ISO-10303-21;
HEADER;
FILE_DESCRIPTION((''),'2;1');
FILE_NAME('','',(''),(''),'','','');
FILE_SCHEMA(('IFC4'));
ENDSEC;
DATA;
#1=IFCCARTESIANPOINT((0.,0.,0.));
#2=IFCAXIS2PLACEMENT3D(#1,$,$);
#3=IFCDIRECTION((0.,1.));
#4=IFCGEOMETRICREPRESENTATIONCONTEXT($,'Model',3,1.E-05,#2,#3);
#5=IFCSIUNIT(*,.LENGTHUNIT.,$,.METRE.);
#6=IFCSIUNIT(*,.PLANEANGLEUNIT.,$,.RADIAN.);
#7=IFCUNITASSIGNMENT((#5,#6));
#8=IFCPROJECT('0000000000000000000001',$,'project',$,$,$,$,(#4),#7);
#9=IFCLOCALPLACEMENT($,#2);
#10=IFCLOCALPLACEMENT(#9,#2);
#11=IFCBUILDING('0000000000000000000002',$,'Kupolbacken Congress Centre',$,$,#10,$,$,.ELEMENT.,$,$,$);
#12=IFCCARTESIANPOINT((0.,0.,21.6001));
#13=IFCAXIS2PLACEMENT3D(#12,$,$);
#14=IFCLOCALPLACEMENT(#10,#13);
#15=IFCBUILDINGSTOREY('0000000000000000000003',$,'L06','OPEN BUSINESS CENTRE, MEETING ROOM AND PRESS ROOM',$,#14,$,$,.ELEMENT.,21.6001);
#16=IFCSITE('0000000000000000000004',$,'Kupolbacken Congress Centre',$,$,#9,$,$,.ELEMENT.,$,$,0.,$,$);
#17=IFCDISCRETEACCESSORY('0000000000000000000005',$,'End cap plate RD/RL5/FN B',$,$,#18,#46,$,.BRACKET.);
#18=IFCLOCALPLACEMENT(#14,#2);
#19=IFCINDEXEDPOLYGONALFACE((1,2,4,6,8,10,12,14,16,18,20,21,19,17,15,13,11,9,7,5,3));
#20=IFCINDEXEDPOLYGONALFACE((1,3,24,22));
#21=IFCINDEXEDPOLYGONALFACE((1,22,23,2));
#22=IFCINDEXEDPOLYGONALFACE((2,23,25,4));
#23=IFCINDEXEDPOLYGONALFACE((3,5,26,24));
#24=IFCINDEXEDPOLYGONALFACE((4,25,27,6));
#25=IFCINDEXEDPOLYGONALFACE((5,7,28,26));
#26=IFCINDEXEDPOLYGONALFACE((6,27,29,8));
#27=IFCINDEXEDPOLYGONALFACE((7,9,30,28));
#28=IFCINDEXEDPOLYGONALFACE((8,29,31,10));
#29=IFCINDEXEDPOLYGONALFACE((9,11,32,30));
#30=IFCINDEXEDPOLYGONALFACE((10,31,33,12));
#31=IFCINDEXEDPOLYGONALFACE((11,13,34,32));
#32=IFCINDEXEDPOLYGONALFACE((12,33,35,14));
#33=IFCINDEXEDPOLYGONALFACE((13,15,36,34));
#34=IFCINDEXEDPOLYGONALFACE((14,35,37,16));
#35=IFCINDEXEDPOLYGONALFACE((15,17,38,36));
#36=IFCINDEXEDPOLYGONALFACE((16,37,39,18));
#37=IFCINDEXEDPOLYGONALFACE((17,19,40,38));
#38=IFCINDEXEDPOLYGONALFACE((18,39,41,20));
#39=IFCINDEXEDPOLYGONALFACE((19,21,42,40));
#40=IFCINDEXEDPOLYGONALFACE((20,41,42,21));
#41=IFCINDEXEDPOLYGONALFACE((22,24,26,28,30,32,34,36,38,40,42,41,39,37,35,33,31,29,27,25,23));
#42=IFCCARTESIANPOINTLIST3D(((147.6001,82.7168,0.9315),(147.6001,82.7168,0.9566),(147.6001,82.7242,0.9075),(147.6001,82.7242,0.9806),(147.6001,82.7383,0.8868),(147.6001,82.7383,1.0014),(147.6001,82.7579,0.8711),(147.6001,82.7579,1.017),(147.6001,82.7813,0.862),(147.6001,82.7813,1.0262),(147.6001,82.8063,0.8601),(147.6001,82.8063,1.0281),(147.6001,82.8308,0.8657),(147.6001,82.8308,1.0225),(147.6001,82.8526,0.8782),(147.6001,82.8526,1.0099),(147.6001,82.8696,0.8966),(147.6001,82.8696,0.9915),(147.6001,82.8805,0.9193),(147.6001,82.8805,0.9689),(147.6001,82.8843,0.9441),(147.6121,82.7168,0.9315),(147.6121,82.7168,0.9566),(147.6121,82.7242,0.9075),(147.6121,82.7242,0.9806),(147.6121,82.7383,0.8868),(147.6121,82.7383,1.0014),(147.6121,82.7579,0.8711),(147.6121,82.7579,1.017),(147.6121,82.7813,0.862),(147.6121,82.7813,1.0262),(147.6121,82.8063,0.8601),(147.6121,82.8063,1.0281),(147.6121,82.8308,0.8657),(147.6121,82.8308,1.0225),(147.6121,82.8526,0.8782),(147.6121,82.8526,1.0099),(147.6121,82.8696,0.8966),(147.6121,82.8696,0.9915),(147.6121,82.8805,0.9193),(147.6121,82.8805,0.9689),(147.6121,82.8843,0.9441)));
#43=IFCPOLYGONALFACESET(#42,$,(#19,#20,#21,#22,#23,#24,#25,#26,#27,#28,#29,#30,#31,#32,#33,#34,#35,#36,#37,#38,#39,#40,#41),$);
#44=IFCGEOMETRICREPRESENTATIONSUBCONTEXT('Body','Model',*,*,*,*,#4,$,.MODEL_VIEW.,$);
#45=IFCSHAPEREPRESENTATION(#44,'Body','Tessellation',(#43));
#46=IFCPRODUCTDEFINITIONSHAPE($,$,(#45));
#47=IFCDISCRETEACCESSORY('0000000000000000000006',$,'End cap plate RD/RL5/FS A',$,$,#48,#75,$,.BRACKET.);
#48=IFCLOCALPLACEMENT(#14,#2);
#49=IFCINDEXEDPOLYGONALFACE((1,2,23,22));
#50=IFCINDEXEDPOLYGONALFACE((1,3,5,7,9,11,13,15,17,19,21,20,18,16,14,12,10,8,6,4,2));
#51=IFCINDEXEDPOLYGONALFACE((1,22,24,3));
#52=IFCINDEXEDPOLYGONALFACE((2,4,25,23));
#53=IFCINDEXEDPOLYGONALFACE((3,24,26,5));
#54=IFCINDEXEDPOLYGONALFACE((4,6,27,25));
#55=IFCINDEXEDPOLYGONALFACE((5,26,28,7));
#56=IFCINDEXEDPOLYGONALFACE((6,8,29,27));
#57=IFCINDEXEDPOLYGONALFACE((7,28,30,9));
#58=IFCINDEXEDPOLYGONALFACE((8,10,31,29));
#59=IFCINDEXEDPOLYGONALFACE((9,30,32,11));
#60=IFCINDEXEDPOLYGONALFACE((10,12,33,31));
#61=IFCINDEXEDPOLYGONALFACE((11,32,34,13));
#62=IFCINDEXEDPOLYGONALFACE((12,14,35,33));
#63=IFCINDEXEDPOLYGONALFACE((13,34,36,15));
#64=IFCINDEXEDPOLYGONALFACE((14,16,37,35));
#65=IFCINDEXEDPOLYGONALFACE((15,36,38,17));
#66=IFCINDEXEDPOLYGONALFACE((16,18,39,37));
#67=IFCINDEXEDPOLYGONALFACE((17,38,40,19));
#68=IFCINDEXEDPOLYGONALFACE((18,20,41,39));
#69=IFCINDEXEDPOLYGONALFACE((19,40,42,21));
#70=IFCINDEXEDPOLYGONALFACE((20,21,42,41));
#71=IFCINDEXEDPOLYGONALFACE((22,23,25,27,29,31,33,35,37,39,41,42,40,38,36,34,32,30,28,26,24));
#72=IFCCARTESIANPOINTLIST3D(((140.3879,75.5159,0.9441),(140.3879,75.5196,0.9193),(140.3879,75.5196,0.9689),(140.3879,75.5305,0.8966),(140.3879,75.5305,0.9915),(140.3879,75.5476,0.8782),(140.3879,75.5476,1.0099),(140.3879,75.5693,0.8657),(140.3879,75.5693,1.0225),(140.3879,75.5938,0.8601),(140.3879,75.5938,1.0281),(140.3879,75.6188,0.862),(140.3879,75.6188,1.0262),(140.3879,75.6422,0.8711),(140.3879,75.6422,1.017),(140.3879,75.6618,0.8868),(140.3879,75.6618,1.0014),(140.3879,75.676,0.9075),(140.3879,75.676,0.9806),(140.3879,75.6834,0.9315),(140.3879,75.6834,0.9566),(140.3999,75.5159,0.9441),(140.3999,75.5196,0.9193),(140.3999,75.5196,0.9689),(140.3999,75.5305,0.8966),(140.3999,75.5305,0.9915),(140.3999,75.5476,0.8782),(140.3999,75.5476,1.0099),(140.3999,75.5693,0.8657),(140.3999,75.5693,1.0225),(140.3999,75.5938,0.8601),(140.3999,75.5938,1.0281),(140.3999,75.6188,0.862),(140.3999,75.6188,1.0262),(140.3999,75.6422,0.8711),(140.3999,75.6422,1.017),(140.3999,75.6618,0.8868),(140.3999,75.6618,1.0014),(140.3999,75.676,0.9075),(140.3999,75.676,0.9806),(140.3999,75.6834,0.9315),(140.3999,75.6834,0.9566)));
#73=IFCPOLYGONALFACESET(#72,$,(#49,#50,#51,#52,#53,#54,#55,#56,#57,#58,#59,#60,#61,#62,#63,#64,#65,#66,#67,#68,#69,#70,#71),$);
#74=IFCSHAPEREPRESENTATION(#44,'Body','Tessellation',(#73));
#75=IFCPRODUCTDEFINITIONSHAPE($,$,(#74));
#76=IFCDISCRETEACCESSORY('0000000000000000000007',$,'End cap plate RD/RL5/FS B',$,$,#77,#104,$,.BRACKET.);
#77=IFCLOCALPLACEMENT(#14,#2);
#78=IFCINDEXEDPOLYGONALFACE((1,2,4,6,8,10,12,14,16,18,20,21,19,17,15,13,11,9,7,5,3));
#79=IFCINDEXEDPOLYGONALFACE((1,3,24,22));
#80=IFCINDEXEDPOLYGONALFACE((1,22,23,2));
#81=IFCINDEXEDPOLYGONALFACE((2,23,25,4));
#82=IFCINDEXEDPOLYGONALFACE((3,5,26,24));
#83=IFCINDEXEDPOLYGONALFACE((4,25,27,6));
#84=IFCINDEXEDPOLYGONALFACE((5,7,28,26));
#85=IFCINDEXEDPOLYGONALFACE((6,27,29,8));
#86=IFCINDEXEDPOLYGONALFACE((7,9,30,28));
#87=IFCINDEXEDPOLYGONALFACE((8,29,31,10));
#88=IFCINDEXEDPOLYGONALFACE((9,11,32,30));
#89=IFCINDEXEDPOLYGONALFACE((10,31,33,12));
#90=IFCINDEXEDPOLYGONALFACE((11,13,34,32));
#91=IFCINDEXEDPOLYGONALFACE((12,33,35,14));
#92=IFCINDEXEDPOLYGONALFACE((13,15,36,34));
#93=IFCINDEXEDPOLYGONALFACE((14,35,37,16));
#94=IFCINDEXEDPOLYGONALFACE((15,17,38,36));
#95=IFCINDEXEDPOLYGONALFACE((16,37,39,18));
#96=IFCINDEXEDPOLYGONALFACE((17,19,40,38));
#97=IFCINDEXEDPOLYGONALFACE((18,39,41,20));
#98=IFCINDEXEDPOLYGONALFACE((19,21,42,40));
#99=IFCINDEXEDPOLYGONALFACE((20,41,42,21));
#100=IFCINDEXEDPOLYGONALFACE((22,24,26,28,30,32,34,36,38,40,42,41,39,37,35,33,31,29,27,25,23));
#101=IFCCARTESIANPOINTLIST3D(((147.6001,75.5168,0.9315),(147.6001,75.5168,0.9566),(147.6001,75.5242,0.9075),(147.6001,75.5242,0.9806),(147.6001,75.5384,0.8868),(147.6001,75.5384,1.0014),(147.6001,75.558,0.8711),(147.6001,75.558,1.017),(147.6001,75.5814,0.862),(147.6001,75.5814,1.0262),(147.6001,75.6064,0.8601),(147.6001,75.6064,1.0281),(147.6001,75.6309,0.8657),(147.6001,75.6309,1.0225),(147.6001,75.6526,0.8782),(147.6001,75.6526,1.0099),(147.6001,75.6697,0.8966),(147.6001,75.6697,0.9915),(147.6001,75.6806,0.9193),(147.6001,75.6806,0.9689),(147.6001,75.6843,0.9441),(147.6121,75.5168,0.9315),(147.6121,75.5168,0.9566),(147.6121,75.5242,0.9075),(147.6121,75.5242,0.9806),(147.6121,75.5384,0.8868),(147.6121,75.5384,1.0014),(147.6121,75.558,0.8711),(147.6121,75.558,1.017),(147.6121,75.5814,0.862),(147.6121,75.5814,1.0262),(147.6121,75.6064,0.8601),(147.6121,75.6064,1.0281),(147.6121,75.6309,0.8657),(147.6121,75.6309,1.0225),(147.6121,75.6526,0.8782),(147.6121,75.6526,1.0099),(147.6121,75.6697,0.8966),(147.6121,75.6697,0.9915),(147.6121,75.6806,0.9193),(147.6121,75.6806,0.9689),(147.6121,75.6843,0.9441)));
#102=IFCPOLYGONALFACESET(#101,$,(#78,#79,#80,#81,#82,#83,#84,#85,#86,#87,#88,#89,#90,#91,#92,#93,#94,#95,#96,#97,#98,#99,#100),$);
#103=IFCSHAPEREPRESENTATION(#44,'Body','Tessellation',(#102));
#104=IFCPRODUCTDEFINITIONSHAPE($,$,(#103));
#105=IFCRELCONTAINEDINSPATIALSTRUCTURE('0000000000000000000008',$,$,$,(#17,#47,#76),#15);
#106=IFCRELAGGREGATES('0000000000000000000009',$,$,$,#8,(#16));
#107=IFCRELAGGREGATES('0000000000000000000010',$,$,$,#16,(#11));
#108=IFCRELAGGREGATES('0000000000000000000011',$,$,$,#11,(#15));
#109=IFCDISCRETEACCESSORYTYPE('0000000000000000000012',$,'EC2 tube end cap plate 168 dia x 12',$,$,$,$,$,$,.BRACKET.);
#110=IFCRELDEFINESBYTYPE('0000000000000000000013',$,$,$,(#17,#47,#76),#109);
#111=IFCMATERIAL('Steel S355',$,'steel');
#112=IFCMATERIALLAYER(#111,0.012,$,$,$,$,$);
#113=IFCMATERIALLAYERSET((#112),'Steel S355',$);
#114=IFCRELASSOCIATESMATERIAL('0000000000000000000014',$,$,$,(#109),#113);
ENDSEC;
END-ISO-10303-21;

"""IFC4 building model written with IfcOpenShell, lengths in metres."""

from ifc_helpers import new_model, si_unit, direction, frame, origin, origin_2d, place, context, subcontext, project, spatial, circle, extrude, material, layer, layer_set, type_object, element, save


model = new_model("IFC4")

# Units and contexts
model_context = context("Model", 3, precision=1e-05, world=origin(), true_north=direction((0.0, 1.0)))
body_context = subcontext(model_context, "Body", "Model", "MODEL_VIEW")
ifc_project = project(units=[si_unit("LENGTHUNIT", "METRE"), si_unit("PLANEANGLEUNIT", "RADIAN")], contexts=[model_context])

# Site, building, storey
site_placement = place(None, origin())
site = spatial("IfcSite", under=ifc_project, at=site_placement, Name="Kupolbacken Congress Centre", CompositionType="ELEMENT", RefElevation=0.0)
building_placement = place(site_placement, origin())
building = spatial("IfcBuilding", under=site, at=building_placement, Name="Kupolbacken Congress Centre", CompositionType="ELEMENT")
storey_placement = place(building_placement, frame((0.0, 0.0, 21.6001)))
storey = spatial("IfcBuildingStorey", under=building, at=storey_placement, Name="L06", Description="OPEN BUSINESS CENTRE, MEETING ROOM AND PRESS ROOM", CompositionType="ELEMENT", Elevation=21.6001)

# Discrete accessories
ifc_material_1 = material(Name="Steel S355", Category="steel")
ifc_layer_1 = layer(ifc_material_1, 0.012)
ifc_layer_set_1 = layer_set([ifc_layer_1], Name="Steel S355")
discrete_accessory_type = type_object("IfcDiscreteAccessoryType", Name="EC2 tube end cap plate 168 dia x 12", PredefinedType="BRACKET", material=ifc_layer_set_1)
for number, where, z_axis, x_axis, name in (
    (1, (147.6001, 82.8, 0.9441), (1.0, 0.0, 0.0), (0.0, 1.0, 0.0), "End cap plate RD/RL5/FN B"),
    (2, (140.3999, 75.6001, 0.9441), (-1.0, 0.0, 0.0), (0.0, -1.0, 0.0), "End cap plate RD/RL5/FS A"),
    (3, (147.6001, 75.6001, 0.9441), (1.0, 0.0, 0.0), (0.0, 1.0, 0.0), "End cap plate RD/RL5/FS B"),
):
    element("IfcDiscreteAccessory", number, at=place(storey_placement, frame(where, z_axis=z_axis, x_axis=x_axis)), inside=storey, type_object=discrete_accessory_type, Name=name, PredefinedType="BRACKET", context=body_context, shape_type="SweptSolid", body=[
        extrude(circle(Radius=0.0842, at=origin_2d()), origin(), (0.0, 0.0, 1.0), 0.012),
    ])

save(model, "model.ifc")
